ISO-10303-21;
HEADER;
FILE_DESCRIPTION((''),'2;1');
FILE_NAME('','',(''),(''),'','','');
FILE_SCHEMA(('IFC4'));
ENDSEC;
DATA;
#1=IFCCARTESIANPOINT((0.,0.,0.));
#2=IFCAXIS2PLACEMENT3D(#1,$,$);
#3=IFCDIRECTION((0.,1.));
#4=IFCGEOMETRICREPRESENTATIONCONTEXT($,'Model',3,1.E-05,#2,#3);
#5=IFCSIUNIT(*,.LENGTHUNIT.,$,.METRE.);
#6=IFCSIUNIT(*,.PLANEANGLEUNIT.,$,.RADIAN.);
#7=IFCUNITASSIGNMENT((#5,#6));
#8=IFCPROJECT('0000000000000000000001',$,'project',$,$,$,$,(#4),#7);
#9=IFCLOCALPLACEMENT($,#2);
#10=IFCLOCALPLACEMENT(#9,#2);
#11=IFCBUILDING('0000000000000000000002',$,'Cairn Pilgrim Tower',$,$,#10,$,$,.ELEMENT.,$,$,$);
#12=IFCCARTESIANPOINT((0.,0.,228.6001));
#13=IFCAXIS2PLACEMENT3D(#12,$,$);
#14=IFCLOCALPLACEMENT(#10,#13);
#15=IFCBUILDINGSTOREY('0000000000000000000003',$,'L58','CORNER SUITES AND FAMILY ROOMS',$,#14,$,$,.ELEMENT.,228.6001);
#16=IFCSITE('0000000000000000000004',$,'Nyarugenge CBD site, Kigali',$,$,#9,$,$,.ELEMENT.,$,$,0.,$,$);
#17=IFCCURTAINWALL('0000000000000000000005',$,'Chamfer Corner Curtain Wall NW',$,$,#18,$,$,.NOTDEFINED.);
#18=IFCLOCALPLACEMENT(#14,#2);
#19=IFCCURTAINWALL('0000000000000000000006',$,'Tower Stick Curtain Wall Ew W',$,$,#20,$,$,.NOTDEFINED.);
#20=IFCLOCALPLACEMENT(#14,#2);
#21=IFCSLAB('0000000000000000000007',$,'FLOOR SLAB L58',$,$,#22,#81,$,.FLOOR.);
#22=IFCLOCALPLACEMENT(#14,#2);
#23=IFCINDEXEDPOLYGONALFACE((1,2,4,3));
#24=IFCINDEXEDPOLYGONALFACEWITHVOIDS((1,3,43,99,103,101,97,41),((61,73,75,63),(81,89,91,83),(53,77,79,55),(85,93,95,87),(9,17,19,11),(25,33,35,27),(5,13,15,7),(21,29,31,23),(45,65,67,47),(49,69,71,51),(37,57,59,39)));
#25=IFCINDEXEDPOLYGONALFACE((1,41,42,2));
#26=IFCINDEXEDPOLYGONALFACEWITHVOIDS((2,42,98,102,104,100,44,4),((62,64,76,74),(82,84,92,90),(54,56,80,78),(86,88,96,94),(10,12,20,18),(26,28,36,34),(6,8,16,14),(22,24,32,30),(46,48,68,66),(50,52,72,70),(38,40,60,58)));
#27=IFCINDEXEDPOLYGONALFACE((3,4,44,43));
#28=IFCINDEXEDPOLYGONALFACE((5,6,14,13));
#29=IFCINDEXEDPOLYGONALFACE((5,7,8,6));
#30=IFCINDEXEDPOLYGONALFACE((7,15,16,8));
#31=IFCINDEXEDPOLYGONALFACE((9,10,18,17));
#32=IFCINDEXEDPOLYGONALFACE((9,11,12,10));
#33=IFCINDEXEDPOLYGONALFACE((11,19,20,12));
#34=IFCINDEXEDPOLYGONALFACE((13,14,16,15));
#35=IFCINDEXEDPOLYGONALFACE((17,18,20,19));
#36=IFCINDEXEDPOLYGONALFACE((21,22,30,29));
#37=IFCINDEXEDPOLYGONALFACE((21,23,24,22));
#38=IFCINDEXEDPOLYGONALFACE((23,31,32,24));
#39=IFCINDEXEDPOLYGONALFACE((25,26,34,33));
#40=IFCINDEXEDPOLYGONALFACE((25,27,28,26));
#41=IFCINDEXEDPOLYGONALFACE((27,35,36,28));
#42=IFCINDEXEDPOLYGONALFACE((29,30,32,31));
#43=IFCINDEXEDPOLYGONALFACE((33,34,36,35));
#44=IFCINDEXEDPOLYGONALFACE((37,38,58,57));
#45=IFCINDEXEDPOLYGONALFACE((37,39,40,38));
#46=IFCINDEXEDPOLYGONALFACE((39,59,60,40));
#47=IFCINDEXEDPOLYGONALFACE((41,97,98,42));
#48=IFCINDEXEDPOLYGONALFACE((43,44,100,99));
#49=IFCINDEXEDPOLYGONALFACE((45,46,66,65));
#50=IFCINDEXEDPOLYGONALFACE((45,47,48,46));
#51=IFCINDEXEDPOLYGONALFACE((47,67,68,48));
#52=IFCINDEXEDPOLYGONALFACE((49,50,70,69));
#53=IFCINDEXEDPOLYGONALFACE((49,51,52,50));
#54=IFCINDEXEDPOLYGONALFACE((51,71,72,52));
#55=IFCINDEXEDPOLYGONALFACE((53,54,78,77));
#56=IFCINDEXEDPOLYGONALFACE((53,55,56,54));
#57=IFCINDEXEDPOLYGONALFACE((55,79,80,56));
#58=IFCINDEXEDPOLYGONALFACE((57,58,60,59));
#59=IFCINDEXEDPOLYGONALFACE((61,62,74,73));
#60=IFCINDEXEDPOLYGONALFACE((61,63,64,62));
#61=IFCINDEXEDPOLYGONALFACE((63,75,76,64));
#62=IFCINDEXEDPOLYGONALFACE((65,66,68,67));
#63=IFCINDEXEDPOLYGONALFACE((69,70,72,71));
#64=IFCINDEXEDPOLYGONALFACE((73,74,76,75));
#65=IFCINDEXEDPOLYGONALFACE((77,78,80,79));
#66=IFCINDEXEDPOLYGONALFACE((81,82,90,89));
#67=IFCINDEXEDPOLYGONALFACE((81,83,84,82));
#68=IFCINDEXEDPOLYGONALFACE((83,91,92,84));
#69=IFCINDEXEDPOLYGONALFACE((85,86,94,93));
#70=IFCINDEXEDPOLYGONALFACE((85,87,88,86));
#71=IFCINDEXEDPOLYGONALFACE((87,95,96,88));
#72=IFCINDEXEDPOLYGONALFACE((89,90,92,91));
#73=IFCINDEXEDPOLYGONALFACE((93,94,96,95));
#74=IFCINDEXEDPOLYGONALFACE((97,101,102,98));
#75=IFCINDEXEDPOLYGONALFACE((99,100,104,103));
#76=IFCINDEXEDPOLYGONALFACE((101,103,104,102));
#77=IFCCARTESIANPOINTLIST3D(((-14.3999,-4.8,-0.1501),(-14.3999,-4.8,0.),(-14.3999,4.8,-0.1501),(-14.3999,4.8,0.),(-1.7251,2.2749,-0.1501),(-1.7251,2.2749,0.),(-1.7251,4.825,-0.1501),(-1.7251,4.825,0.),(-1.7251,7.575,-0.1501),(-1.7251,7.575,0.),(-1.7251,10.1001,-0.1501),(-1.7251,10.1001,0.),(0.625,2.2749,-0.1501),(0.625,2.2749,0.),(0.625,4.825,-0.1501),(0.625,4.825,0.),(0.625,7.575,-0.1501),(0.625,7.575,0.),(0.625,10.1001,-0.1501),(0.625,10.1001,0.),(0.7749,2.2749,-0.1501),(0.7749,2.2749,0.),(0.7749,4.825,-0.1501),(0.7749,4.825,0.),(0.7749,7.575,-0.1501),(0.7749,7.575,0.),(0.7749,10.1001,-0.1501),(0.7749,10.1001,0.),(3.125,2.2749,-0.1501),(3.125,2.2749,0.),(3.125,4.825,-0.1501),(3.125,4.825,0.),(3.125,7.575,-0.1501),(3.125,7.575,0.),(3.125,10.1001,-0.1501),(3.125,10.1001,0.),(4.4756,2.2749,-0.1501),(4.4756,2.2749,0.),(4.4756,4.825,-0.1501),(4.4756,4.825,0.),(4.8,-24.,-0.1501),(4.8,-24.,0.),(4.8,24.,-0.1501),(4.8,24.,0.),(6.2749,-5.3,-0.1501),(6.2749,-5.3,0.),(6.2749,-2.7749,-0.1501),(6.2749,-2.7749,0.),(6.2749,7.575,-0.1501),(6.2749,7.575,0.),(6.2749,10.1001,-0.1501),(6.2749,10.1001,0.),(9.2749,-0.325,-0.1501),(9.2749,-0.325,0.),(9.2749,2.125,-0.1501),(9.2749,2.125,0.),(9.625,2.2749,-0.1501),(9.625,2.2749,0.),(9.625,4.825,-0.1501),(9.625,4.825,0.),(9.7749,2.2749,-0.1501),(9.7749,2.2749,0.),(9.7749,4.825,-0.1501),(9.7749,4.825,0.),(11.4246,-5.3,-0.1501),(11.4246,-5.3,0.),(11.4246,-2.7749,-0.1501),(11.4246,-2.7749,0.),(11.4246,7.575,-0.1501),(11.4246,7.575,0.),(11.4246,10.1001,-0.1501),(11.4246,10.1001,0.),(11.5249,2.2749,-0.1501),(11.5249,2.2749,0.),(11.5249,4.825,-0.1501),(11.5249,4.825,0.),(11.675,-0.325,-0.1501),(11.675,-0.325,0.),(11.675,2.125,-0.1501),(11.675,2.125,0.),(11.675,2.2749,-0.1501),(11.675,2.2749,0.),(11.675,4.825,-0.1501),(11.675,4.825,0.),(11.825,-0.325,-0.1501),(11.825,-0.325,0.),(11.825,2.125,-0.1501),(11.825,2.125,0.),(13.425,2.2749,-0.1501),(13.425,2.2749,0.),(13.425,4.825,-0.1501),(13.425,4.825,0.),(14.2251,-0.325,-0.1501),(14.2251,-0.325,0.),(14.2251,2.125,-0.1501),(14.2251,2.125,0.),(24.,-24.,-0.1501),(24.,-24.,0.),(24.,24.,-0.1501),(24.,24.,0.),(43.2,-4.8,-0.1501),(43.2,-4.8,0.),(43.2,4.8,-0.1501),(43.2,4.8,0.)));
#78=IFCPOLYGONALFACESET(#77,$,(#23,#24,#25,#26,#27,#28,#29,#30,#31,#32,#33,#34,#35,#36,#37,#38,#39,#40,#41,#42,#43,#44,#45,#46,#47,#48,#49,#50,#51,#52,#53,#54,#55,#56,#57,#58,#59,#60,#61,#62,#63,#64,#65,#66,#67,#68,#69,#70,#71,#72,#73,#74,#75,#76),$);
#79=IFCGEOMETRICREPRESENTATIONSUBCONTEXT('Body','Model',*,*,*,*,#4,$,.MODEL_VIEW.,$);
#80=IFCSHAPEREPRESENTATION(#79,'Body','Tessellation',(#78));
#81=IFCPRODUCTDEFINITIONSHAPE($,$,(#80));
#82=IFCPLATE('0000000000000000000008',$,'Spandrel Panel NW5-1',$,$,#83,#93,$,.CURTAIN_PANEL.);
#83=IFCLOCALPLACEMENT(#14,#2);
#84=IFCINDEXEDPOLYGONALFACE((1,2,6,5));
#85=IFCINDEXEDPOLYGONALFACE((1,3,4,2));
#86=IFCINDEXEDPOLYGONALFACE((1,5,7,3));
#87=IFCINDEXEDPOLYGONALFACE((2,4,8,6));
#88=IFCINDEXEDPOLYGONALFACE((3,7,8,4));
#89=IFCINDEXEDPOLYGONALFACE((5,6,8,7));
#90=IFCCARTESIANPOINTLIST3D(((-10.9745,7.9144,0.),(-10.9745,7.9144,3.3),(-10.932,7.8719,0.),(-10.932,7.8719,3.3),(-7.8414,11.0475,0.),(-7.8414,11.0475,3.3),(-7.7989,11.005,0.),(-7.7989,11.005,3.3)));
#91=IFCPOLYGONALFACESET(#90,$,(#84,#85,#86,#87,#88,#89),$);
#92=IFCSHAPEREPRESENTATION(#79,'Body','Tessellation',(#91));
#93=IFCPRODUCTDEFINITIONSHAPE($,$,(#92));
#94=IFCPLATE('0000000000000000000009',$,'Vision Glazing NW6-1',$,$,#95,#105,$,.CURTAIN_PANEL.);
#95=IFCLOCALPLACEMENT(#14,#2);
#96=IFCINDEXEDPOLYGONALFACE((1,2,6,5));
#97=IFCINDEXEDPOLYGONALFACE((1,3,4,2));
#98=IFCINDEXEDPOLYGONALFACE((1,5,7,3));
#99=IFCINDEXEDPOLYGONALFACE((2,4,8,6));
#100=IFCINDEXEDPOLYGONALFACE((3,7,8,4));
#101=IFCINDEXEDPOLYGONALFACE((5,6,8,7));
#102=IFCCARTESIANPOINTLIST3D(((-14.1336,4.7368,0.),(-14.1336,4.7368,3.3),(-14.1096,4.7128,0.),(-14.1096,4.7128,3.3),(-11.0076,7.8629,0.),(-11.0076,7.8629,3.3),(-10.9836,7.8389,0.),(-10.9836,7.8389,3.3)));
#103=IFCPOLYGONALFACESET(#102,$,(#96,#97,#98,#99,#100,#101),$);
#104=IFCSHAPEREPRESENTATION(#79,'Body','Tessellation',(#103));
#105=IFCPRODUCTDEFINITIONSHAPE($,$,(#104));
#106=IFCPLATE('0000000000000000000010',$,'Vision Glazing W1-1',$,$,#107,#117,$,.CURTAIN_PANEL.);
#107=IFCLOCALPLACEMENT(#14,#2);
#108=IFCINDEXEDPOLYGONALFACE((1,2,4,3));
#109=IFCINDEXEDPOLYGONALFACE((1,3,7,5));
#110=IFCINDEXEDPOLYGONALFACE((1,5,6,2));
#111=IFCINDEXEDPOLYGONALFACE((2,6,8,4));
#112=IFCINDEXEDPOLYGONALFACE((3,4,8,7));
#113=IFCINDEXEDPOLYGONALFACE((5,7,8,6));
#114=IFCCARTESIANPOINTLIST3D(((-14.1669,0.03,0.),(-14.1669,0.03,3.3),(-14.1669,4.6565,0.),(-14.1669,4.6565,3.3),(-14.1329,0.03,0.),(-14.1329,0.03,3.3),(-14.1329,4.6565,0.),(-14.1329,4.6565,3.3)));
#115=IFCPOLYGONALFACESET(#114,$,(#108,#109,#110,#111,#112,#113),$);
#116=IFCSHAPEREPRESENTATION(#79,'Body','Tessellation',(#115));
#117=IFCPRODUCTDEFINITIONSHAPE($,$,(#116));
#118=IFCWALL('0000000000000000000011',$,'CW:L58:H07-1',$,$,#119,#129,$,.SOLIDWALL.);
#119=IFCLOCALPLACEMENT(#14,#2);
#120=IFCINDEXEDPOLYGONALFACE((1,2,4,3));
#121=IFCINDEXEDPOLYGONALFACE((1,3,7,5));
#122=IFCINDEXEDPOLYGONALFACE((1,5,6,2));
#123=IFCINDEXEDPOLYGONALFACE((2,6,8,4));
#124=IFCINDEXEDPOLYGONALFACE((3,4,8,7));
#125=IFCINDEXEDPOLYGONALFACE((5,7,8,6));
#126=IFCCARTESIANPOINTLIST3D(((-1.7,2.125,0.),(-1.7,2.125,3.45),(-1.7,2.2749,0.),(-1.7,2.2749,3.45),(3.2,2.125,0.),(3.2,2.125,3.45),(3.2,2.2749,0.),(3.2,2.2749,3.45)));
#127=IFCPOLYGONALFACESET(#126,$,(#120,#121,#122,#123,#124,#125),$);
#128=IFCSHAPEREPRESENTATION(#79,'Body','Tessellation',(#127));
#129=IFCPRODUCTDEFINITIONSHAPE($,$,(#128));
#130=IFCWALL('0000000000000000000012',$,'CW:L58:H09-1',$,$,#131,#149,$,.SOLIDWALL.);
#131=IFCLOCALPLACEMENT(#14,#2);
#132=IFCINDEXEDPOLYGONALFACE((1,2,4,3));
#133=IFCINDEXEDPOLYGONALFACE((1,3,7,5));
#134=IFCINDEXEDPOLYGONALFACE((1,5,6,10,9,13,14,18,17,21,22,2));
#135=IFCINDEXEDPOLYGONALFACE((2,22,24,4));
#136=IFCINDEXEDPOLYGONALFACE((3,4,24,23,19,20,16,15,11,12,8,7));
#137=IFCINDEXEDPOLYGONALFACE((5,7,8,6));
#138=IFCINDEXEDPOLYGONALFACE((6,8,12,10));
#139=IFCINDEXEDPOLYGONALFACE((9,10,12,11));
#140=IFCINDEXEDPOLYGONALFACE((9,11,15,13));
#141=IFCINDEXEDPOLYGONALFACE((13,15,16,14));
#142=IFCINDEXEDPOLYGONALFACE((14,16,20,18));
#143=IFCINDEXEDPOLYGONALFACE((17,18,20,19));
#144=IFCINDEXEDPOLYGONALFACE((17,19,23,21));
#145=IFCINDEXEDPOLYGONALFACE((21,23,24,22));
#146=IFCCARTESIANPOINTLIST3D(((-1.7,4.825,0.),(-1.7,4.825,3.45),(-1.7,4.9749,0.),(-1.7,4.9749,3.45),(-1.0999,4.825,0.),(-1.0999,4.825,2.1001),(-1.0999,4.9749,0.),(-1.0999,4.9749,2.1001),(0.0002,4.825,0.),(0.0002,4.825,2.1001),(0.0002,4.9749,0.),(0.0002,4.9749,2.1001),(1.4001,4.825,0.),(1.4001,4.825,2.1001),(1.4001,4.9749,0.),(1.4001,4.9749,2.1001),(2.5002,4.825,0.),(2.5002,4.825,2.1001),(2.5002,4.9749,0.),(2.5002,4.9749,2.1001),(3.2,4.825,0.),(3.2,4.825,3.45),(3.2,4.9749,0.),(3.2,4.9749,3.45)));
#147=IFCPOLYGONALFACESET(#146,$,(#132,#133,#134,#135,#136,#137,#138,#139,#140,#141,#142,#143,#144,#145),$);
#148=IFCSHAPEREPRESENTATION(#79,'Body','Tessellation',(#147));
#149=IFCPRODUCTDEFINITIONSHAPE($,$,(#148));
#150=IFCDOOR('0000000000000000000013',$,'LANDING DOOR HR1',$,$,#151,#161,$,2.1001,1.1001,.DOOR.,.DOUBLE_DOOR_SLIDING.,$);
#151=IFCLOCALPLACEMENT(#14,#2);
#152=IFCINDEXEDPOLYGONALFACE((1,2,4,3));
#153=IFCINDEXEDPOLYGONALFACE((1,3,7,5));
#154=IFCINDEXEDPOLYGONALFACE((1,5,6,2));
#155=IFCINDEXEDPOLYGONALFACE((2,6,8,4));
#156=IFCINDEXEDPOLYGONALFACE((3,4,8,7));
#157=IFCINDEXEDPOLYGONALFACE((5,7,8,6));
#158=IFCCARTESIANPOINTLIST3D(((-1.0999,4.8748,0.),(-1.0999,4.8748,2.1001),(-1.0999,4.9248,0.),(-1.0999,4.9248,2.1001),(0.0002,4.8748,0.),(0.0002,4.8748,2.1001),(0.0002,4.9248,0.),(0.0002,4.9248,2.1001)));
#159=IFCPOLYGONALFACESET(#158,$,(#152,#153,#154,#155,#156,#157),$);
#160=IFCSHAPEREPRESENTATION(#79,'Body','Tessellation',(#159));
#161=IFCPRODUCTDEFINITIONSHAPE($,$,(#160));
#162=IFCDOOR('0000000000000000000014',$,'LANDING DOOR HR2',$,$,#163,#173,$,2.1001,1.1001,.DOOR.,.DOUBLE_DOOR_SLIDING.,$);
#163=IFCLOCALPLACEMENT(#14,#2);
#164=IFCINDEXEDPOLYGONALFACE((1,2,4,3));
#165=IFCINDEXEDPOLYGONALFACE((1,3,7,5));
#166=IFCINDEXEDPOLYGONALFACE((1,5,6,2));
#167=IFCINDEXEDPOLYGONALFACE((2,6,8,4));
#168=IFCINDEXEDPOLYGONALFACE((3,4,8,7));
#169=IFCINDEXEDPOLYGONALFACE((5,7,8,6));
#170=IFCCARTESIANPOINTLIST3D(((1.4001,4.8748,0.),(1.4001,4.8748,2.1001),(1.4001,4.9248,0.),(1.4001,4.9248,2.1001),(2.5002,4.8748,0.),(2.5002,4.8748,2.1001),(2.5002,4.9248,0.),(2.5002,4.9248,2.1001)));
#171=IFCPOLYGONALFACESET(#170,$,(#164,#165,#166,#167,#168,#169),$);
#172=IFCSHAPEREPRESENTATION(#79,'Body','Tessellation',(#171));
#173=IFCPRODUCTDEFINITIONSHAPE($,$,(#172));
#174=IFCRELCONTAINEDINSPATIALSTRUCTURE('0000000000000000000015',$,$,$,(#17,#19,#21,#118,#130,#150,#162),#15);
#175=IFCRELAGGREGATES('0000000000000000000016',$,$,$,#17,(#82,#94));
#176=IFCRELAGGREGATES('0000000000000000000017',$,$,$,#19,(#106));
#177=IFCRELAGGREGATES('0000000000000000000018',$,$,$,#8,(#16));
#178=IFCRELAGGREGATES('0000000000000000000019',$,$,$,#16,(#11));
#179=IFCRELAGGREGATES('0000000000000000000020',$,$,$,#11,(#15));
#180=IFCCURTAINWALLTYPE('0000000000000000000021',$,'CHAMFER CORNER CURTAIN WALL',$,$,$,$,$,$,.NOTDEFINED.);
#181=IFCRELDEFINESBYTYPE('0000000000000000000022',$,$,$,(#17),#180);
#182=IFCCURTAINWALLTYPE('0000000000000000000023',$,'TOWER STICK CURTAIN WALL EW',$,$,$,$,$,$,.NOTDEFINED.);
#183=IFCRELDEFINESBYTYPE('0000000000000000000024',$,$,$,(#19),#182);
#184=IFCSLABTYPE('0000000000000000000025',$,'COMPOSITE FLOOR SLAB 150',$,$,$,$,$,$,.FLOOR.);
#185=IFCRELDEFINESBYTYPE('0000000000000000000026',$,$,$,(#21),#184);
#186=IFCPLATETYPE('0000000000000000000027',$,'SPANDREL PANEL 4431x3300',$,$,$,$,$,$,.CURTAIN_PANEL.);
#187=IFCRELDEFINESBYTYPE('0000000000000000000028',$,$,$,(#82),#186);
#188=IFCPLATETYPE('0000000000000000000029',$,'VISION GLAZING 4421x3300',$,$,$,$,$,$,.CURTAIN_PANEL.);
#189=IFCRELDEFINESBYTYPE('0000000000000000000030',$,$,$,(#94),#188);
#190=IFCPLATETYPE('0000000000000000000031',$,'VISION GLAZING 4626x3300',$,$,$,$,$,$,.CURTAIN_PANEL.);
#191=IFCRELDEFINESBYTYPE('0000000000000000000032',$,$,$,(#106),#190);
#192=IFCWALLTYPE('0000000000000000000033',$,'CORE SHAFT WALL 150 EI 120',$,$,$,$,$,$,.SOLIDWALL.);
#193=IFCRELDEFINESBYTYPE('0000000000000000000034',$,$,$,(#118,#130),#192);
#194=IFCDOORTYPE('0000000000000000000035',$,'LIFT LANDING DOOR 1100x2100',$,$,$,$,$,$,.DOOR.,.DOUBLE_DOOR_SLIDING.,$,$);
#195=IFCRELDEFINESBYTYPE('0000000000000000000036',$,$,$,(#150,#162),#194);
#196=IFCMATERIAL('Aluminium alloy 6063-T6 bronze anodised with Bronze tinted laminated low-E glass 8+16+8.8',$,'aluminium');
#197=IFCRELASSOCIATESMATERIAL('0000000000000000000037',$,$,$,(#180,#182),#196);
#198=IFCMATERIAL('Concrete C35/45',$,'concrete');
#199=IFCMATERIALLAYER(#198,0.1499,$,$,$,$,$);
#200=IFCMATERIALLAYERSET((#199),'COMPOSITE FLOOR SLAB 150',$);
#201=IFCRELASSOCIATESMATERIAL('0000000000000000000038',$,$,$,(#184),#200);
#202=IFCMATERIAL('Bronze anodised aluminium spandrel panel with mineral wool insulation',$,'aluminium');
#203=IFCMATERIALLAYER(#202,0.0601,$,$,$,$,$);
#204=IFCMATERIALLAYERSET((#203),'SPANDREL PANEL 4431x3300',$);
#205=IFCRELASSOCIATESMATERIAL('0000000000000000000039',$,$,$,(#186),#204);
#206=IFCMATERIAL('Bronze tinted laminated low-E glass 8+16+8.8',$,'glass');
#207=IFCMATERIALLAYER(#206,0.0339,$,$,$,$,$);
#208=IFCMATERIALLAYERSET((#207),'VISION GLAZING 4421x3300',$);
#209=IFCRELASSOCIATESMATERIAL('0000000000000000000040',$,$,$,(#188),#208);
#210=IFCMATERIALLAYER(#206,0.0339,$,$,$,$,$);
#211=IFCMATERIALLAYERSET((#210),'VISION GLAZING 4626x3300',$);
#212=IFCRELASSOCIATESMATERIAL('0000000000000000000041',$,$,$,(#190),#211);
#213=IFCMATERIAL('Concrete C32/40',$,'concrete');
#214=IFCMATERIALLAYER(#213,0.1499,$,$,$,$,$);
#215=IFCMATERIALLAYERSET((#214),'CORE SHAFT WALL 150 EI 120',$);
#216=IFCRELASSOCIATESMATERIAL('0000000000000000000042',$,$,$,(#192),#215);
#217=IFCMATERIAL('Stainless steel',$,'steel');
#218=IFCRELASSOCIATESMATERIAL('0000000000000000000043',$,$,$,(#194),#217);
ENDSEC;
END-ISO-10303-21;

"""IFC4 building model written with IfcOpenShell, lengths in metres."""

from ifc_helpers import new_model, si_unit, direction, frame, frame_2d, origin, origin_2d, place, context, subcontext, project, spatial, polyline, rectangle, outline, extrude, material, layer, layer_set, type_object, element, fill, aggregate, save


model = new_model("IFC4")

# Units and contexts
model_context = context("Model", 3, precision=1e-05, world=origin(), true_north=direction((0.0, 1.0)))
body_context = subcontext(model_context, "Body", "Model", "MODEL_VIEW")
ifc_project = project(units=[si_unit("LENGTHUNIT", "METRE"), si_unit("PLANEANGLEUNIT", "RADIAN")], contexts=[model_context])

# Site, building, storey
site_placement = place(None, origin())
site = spatial("IfcSite", under=ifc_project, at=site_placement, Name="Nyarugenge CBD site, Kigali", CompositionType="ELEMENT", RefElevation=0.0)
building_placement = place(site_placement, origin())
building = spatial("IfcBuilding", under=site, at=building_placement, Name="Cairn Pilgrim Tower", CompositionType="ELEMENT")
storey_placement = place(building_placement, frame((0.0, 0.0, 228.6001)))
storey = spatial("IfcBuildingStorey", under=building, at=storey_placement, Name="L58", Description="CORNER SUITES AND FAMILY ROOMS", CompositionType="ELEMENT", Elevation=228.6001)

# Curtain walls
ifc_material_1 = material(Name="Aluminium alloy 6063-T6 bronze anodised with Bronze tinted laminated low-E glass 8+16+8.8", Category="aluminium")
curtain_wall_type_1 = type_object("IfcCurtainWallType", Name="CHAMFER CORNER CURTAIN WALL", PredefinedType="NOTDEFINED", material=ifc_material_1)
curtain_wall_1_placement = place(storey_placement, origin())
curtain_wall_1 = element("IfcCurtainWall", 1, at=curtain_wall_1_placement, inside=storey, type_object=curtain_wall_type_1, Name="Chamfer Corner Curtain Wall NW", PredefinedType="NOTDEFINED")
curtain_wall_type_2 = type_object("IfcCurtainWallType", Name="TOWER STICK CURTAIN WALL EW", PredefinedType="NOTDEFINED", material=ifc_material_1)
curtain_wall_2_placement = place(storey_placement, origin())
curtain_wall_2 = element("IfcCurtainWall", 2, at=curtain_wall_2_placement, inside=storey, type_object=curtain_wall_type_2, Name="Tower Stick Curtain Wall Ew W", PredefinedType="NOTDEFINED")

# Slab
ifc_material_2 = material(Name="Concrete C35/45", Category="concrete")
ifc_layer_1 = layer(ifc_material_2, 0.1499)
ifc_layer_set_1 = layer_set([ifc_layer_1], Name="COMPOSITE FLOOR SLAB 150")
slab_type = type_object("IfcSlabType", Name="COMPOSITE FLOOR SLAB 150", PredefinedType="FLOOR", material=ifc_layer_set_1)
slab_placement = place(storey_placement, frame((0.0, 0.0, -0.1501)))
element("IfcSlab", 3, at=slab_placement, inside=storey, type_object=slab_type, Name="FLOOR SLAB L58", PredefinedType="FLOOR", context=body_context, shape_type="SweptSolid", body=[
    extrude(outline(polyline([(4.8, -24.0), (24.0, -24.0), (43.2, -4.8), (43.2, 4.8), (24.0, 24.0), (4.8, 24.0), (-14.3999, 4.8), (-14.3999, -4.8), (4.8, -24.0)]), holes=[polyline([(9.2749, -0.325), (11.675, -0.325), (11.675, 2.125), (9.2749, 2.125), (9.2749, -0.325)]), polyline([(11.825, -0.325), (14.2251, -0.325), (14.2251, 2.125), (11.825, 2.125), (11.825, -0.325)]), polyline([(-1.7251, 2.2749), (0.625, 2.2749), (0.625, 4.825), (-1.7251, 4.825), (-1.7251, 2.2749)]), polyline([(0.7749, 2.2749), (3.125, 2.2749), (3.125, 4.825), (0.7749, 4.825), (0.7749, 2.2749)]), polyline([(-1.7251, 7.575), (0.625, 7.575), (0.625, 10.1001), (-1.7251, 10.1001), (-1.7251, 7.575)]), polyline([(0.7749, 7.575), (3.125, 7.575), (3.125, 10.1001), (0.7749, 10.1001), (0.7749, 7.575)]), polyline([(9.7749, 2.2749), (11.5249, 2.2749), (11.5249, 4.825), (9.7749, 4.825), (9.7749, 2.2749)]), polyline([(11.675, 2.2749), (13.425, 2.2749), (13.425, 4.825), (11.675, 4.825), (11.675, 2.2749)]), polyline([(11.4246, -2.7749), (6.2749, -2.7749), (6.2749, -5.3), (11.4246, -5.3), (11.4246, -2.7749)]), polyline([(4.4756, 2.2749), (9.625, 2.2749), (9.625, 4.825), (4.4756, 4.825), (4.4756, 2.2749)]), polyline([(11.4246, 10.1001), (6.2749, 10.1001), (6.2749, 7.575), (11.4246, 7.575), (11.4246, 10.1001)])]), origin(), (0.0, 0.0, 1.0), 0.1501),
])

# Plates
ifc_material_3 = material(Name="Bronze anodised aluminium spandrel panel with mineral wool insulation", Category="aluminium")
ifc_layer_2 = layer(ifc_material_3, 0.0601)
ifc_layer_set_2 = layer_set([ifc_layer_2], Name="SPANDREL PANEL 4431x3300")
plate_type_1 = type_object("IfcPlateType", Name="SPANDREL PANEL 4431x3300", PredefinedType="CURTAIN_PANEL", material=ifc_layer_set_2)
plate_1_placement = place(storey_placement, frame((-9.3867, 9.4597, 0.0), z_axis=(0.0, 0.0, 1.0), x_axis=(-0.707107, -0.707107, 0.0)))
plate_1 = element("IfcPlate", 4, at=plate_1_placement, type_object=plate_type_1, Name="Spandrel Panel NW5-1", PredefinedType="CURTAIN_PANEL", context=body_context, shape_type="SweptSolid", body=[
    extrude(rectangle(XDim=4.4309, YDim=0.0601, at=origin_2d()), origin(), (0.0, 0.0, 1.0), 3.3),
])
ifc_material_4 = material(Name="Bronze tinted laminated low-E glass 8+16+8.8", Category="glass")
ifc_layer_3 = layer(ifc_material_4, 0.0339)
ifc_layer_set_3 = layer_set([ifc_layer_3], Name="VISION GLAZING 4421x3300")
plate_type_2 = type_object("IfcPlateType", Name="VISION GLAZING 4421x3300", PredefinedType="CURTAIN_PANEL", material=ifc_layer_set_3)
plate_2_placement = place(storey_placement, frame((-12.5586, 6.2878, 0.0), z_axis=(0.0, 0.0, 1.0), x_axis=(-0.707107, -0.707107, 0.0)))
plate_2 = element("IfcPlate", 5, at=plate_2_placement, type_object=plate_type_2, Name="Vision Glazing NW6-1", PredefinedType="CURTAIN_PANEL", context=body_context, shape_type="SweptSolid", body=[
    extrude(rectangle(XDim=4.4209, YDim=0.0339, at=origin_2d()), origin(), (0.0, 0.0, 1.0), 3.3),
])
aggregate(curtain_wall_1, [plate_1, plate_2])
ifc_layer_4 = layer(ifc_material_4, 0.0339)
ifc_layer_set_4 = layer_set([ifc_layer_4], Name="VISION GLAZING 4626x3300")
plate_type_3 = type_object("IfcPlateType", Name="VISION GLAZING 4626x3300", PredefinedType="CURTAIN_PANEL", material=ifc_layer_set_4)
plate_3_placement = place(storey_placement, frame((-14.1499, 2.3433, 0.0), z_axis=(0.0, 0.0, 1.0), x_axis=(0.0, -1.0, 0.0)))
plate_3 = element("IfcPlate", 6, at=plate_3_placement, type_object=plate_type_3, Name="Vision Glazing W1-1", PredefinedType="CURTAIN_PANEL", context=body_context, shape_type="SweptSolid", body=[
    extrude(rectangle(XDim=4.6265, YDim=0.0339, at=origin_2d()), origin(), (0.0, 0.0, 1.0), 3.3),
])
aggregate(curtain_wall_2, [plate_3])

# Wall
ifc_material_5 = material(Name="Concrete C32/40", Category="concrete")
ifc_layer_5 = layer(ifc_material_5, 0.1499)
ifc_layer_set_5 = layer_set([ifc_layer_5], Name="CORE SHAFT WALL 150 EI 120")
wall_type_1 = type_object("IfcWallType", Name="CORE SHAFT WALL 150 EI 120", PredefinedType="SOLIDWALL", material=ifc_layer_set_5)
wall_1_placement = place(storey_placement, frame((-1.7, 2.2, 0.0), z_axis=(0.0, 0.0, 1.0), x_axis=(1.0, 0.0, 0.0)))
element("IfcWall", 7, at=wall_1_placement, inside=storey, type_object=wall_type_1, Name="CW:L58:H07-1", PredefinedType="SOLIDWALL", context=body_context, shape_type="SweptSolid", body=[
    extrude(rectangle(XDim=4.8999, YDim=0.1499, at=frame_2d((2.45, 0.0))), origin(), (0.0, 0.0, 1.0), 3.45),
])

# Wall, openings, doors
wall_2_placement = place(storey_placement, frame((-1.7, 4.8999, 0.0), z_axis=(0.0, 0.0, 1.0), x_axis=(1.0, 0.0, 0.0)))
wall_2 = element("IfcWall", 8, at=wall_2_placement, inside=storey, type_object=wall_type_1, Name="CW:L58:H09-1", PredefinedType="SOLIDWALL", context=body_context, shape_type="SweptSolid", body=[
    extrude(rectangle(XDim=4.8999, YDim=0.1499, at=frame_2d((2.45, 0.0))), origin(), (0.0, 0.0, 1.0), 3.45),
])
opening_1_placement = place(wall_2_placement, frame((0.6001, 0.0, 0.0)))
opening_1 = element("IfcOpeningElement", 9, at=opening_1_placement, cuts=wall_2, PredefinedType="OPENING", context=body_context, shape_type="SweptSolid", body=[
    extrude(rectangle(XDim=1.1001, YDim=2.1001, at=frame_2d((0.55, 1.05))), frame((0.0, 0.085, 0.0), z_axis=(0.0, -1.0, 0.0), x_axis=(1.0, 0.0, 0.0)), (0.0, 0.0, 1.0), 0.1699),
])
opening_2_placement = place(wall_2_placement, frame((3.1001, 0.0, 0.0)))
opening_2 = element("IfcOpeningElement", 10, at=opening_2_placement, cuts=wall_2, PredefinedType="OPENING", context=body_context, shape_type="SweptSolid", body=[
    extrude(rectangle(XDim=1.1001, YDim=2.1001, at=frame_2d((0.55, 1.05))), frame((0.0, 0.085, 0.0), z_axis=(0.0, -1.0, 0.0), x_axis=(1.0, 0.0, 0.0)), (0.0, 0.0, 1.0), 0.1699),
])
ifc_material_6 = material(Name="Stainless steel", Category="steel")
door_type = type_object("IfcDoorType", Name="LIFT LANDING DOOR 1100x2100", OperationType="DOUBLE_DOOR_SLIDING", PredefinedType="DOOR", material=ifc_material_6)
door_1_placement = place(opening_1_placement, origin())
door_1 = element("IfcDoor", 11, at=door_1_placement, inside=storey, type_object=door_type, Name="LANDING DOOR HR1", OperationType="DOUBLE_DOOR_SLIDING", OverallHeight=2.1001, OverallWidth=1.1001, PredefinedType="DOOR", context=body_context, shape_type="SweptSolid", body=[
    extrude(rectangle(XDim=1.1001, YDim=2.1001, at=frame_2d((0.55, 1.05))), frame((0.0, 0.0249, 0.0), z_axis=(0.0, -1.0, 0.0), x_axis=(1.0, 0.0, 0.0)), (0.0, 0.0, 1.0), 0.05),
])
fill(opening_1, door_1)
door_2_placement = place(opening_2_placement, origin())
door_2 = element("IfcDoor", 12, at=door_2_placement, inside=storey, type_object=door_type, Name="LANDING DOOR HR2", OperationType="DOUBLE_DOOR_SLIDING", OverallHeight=2.1001, OverallWidth=1.1001, PredefinedType="DOOR", context=body_context, shape_type="SweptSolid", body=[
    extrude(rectangle(XDim=1.1001, YDim=2.1001, at=frame_2d((0.55, 1.05))), frame((0.0, 0.0249, 0.0), z_axis=(0.0, -1.0, 0.0), x_axis=(1.0, 0.0, 0.0)), (0.0, 0.0, 1.0), 0.05),
])
fill(opening_2, door_2)

save(model, "model.ifc")
